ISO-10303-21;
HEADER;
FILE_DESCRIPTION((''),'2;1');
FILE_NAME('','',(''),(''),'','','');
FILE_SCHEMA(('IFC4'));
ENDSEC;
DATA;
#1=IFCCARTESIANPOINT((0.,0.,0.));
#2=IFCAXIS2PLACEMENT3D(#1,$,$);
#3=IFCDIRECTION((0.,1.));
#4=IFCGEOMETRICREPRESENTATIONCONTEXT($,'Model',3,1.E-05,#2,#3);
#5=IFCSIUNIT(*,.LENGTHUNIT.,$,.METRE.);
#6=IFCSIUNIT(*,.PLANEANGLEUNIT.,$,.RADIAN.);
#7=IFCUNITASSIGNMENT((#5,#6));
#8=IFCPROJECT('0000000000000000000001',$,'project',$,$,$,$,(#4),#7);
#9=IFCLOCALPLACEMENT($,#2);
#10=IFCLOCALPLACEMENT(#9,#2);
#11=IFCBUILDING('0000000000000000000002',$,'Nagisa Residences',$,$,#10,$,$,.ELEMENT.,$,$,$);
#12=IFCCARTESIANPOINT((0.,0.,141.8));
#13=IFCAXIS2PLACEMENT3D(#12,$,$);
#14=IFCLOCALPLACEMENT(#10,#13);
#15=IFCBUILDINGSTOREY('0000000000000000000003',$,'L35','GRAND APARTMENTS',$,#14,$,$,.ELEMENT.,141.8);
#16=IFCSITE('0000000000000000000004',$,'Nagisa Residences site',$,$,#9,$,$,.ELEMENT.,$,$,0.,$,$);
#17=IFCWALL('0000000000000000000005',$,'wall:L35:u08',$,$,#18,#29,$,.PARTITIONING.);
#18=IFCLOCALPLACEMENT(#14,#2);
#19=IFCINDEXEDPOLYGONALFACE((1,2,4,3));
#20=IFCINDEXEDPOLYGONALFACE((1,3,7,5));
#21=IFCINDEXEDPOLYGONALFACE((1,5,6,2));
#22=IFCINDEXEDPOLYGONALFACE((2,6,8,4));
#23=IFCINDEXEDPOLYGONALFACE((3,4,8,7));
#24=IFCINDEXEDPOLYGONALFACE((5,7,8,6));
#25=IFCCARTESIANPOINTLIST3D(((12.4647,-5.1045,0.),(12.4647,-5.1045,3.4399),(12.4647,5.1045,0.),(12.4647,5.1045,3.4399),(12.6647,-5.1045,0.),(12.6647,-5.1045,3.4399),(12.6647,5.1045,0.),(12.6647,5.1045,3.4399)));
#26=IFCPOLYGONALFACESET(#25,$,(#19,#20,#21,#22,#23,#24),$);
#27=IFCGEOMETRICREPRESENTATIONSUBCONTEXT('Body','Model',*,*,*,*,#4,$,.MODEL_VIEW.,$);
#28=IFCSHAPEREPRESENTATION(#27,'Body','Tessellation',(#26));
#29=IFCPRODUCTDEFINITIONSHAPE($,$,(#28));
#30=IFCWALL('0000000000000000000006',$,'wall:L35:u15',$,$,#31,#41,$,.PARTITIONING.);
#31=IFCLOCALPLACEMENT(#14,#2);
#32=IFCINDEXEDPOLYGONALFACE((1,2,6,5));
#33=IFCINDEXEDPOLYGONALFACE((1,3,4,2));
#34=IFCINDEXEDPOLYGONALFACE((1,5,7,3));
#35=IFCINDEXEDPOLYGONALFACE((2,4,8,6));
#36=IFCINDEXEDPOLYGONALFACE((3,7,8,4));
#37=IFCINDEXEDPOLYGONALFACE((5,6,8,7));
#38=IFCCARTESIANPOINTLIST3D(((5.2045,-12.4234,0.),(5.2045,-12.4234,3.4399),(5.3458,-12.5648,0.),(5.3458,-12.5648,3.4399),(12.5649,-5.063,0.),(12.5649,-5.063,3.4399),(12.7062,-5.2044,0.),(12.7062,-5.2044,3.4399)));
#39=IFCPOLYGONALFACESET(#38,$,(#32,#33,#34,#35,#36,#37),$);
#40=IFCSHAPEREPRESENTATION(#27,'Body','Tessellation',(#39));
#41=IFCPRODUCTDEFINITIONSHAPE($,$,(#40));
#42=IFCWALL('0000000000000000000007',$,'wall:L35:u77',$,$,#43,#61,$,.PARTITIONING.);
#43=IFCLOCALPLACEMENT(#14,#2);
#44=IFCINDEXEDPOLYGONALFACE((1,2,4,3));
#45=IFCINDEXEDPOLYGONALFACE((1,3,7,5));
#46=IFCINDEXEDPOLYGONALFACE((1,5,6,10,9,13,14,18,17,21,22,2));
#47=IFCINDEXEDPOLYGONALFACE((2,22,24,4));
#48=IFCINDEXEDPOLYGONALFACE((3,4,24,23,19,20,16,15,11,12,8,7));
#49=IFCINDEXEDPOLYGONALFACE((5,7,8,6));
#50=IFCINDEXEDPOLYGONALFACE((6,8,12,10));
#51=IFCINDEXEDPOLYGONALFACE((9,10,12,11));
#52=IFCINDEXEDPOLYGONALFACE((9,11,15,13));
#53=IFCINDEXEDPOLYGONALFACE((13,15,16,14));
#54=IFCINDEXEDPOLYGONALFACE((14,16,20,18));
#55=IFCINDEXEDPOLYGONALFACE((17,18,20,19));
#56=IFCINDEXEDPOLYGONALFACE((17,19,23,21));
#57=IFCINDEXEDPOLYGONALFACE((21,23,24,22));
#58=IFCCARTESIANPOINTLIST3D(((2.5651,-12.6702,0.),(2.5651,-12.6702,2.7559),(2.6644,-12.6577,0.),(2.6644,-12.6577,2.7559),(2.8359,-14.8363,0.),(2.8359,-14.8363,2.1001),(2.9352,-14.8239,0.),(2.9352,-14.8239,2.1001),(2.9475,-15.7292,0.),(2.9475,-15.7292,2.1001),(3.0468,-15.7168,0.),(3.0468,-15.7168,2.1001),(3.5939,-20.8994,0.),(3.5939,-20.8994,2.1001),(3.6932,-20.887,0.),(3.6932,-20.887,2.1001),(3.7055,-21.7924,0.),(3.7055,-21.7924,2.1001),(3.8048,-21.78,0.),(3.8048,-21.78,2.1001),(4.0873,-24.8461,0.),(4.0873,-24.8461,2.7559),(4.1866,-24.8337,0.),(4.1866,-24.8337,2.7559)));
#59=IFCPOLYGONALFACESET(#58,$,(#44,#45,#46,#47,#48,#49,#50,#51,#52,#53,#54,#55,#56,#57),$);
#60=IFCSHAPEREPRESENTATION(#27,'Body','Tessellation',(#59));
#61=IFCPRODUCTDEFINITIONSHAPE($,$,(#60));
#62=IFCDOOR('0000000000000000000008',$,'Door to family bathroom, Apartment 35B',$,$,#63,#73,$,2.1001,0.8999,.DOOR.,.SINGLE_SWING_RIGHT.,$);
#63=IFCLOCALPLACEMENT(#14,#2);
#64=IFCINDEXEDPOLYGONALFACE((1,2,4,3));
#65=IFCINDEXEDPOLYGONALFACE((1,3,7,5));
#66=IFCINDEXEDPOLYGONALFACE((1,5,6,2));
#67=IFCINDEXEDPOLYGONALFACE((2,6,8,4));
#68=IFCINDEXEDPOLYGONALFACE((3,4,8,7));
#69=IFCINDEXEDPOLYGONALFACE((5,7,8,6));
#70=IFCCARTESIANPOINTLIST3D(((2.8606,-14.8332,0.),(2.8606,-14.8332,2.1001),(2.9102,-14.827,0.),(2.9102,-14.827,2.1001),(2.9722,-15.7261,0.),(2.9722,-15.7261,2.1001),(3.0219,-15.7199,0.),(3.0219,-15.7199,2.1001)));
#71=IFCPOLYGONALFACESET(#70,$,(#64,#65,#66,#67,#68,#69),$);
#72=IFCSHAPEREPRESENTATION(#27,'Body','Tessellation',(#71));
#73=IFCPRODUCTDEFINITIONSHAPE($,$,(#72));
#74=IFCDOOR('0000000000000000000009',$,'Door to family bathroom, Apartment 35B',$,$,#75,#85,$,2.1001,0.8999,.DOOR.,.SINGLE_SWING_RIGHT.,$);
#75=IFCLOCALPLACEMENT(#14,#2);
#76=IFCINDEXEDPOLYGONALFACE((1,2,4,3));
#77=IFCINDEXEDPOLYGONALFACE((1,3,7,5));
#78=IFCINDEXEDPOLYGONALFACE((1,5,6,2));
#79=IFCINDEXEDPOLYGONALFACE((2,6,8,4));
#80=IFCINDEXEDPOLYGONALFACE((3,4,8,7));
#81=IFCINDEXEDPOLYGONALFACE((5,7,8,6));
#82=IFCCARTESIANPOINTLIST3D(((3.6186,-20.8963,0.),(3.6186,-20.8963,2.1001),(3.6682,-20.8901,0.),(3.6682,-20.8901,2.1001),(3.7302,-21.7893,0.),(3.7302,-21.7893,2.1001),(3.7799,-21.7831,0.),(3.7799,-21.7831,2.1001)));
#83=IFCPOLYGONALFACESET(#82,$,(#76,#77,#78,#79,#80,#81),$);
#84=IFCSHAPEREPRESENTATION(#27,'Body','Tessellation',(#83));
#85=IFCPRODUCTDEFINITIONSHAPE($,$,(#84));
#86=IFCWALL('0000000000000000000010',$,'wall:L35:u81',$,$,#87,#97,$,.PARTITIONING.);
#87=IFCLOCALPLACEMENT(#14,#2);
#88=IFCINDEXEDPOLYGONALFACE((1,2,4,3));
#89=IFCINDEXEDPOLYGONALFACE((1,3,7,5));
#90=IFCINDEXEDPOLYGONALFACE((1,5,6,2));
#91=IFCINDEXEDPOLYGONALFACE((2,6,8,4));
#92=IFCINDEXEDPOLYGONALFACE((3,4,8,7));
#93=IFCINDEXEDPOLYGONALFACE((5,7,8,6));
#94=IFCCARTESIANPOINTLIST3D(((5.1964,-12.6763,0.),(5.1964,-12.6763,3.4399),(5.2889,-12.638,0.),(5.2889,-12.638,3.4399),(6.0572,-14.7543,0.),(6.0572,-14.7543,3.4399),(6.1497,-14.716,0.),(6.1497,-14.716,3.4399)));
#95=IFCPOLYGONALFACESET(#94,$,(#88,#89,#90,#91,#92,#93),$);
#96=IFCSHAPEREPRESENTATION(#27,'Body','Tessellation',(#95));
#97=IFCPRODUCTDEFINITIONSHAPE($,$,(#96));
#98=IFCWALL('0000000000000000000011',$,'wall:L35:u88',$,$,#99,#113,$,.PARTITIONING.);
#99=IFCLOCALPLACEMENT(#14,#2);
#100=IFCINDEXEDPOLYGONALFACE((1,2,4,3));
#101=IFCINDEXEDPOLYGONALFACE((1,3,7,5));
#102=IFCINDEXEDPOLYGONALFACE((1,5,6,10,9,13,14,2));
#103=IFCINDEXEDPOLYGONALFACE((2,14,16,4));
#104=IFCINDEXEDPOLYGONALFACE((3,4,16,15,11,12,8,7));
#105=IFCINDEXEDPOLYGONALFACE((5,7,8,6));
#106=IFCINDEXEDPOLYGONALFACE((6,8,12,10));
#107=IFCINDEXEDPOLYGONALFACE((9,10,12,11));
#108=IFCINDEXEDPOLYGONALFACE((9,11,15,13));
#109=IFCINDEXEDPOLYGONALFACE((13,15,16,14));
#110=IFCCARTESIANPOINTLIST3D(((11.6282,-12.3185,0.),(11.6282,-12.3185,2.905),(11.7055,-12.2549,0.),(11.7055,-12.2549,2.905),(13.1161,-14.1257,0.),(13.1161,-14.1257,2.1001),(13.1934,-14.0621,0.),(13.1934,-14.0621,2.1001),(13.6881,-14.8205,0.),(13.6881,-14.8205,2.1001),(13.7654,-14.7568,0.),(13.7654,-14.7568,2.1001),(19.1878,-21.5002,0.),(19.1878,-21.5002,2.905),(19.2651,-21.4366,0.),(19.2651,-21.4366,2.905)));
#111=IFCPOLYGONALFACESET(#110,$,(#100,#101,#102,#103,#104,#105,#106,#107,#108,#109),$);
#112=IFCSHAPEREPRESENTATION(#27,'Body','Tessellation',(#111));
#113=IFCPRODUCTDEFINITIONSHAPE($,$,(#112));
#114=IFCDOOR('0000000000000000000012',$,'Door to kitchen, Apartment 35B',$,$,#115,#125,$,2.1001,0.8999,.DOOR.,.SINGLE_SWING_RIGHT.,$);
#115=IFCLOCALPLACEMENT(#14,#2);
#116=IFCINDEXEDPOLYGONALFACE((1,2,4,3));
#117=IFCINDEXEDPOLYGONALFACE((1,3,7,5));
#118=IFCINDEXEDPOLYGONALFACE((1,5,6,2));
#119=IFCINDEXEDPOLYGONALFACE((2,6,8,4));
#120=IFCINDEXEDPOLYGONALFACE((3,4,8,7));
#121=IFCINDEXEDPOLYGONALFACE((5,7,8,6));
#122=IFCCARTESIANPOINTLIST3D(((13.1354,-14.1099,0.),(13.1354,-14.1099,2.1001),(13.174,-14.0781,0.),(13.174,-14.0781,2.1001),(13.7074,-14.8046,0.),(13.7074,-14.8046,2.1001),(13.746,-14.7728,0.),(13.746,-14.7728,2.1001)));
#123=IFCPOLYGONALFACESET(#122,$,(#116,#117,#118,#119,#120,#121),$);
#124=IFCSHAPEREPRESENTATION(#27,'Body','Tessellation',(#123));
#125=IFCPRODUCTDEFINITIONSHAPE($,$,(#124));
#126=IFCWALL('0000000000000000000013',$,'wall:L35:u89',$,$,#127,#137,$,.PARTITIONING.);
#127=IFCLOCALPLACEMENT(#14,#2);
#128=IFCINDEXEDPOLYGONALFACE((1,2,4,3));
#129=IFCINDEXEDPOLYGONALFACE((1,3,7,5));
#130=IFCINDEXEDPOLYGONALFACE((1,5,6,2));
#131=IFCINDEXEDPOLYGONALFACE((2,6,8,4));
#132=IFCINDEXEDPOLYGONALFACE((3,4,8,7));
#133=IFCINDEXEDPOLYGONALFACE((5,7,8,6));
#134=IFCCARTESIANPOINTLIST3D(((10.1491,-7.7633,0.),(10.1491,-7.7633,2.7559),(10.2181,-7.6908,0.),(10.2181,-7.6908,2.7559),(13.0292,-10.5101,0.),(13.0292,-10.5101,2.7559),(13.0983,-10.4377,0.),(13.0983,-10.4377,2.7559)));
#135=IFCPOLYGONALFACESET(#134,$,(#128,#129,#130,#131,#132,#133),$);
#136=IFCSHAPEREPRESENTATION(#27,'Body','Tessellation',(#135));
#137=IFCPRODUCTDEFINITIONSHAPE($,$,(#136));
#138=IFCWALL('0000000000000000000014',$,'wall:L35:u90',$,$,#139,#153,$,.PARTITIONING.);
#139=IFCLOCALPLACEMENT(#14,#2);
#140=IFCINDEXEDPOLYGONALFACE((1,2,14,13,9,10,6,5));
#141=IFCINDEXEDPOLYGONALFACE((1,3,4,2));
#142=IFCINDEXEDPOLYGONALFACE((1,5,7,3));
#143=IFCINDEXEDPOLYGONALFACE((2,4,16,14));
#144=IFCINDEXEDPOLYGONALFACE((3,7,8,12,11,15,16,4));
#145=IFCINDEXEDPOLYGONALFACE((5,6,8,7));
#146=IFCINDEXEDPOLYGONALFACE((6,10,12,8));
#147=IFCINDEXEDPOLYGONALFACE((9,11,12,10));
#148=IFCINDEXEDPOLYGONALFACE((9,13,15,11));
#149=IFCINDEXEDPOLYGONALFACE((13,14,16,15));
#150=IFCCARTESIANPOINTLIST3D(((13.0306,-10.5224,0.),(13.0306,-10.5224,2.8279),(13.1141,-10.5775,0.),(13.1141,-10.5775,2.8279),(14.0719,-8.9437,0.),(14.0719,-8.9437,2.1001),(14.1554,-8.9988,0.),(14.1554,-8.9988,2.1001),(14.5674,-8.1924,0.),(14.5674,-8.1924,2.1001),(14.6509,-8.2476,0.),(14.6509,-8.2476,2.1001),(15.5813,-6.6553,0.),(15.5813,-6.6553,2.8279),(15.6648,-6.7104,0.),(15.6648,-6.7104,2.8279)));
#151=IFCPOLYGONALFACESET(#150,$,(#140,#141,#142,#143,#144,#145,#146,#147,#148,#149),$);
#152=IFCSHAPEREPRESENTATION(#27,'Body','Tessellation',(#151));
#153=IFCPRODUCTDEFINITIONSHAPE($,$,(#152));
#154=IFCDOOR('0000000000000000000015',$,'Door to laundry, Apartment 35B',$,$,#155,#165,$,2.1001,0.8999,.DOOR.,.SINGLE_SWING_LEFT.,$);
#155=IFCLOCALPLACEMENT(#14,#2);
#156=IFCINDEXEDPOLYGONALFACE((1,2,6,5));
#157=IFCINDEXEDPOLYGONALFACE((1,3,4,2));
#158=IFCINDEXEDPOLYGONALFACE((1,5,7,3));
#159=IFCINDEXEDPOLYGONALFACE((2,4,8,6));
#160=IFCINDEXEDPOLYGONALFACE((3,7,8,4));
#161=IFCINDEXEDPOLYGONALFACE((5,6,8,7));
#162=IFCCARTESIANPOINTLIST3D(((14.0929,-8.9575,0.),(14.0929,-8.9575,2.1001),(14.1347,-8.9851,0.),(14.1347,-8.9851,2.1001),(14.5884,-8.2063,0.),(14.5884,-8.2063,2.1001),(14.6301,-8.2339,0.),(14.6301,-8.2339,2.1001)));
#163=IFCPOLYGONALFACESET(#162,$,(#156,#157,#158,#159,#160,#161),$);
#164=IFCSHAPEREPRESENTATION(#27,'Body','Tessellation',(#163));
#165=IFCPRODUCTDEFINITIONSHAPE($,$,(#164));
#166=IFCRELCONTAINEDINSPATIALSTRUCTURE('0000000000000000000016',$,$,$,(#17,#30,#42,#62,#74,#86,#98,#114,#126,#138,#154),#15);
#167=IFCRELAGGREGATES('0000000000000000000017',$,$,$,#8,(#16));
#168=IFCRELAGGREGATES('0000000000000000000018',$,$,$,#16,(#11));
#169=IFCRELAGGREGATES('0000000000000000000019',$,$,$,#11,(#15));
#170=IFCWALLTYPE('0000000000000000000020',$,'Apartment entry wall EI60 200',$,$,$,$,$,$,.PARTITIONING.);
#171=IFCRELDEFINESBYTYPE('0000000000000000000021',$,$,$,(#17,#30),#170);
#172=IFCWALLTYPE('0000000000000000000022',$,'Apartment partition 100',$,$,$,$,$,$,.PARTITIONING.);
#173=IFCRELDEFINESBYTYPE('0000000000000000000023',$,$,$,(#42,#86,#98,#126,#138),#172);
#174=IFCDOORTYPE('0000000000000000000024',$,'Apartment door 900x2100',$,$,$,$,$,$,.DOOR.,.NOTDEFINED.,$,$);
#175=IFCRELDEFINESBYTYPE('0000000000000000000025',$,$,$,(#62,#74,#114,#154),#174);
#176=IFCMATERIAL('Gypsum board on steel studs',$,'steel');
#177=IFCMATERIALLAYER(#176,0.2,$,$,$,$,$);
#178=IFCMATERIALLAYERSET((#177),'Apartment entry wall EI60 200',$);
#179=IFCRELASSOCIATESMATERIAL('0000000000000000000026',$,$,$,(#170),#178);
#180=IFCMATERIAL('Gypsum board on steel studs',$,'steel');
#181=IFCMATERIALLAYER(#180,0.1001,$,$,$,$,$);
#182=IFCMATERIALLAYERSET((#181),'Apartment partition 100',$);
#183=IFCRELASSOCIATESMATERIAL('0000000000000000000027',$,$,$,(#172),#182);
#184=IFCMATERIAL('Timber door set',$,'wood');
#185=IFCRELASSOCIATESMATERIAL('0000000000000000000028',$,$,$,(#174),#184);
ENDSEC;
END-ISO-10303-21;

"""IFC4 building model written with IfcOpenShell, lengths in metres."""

from ifc_helpers import new_model, si_unit, direction, frame, frame_2d, origin, place, context, subcontext, project, spatial, rectangle, extrude, material, layer, layer_set, type_object, element, fill, save


model = new_model("IFC4")

# Units and contexts
model_context = context("Model", 3, precision=1e-05, world=origin(), true_north=direction((0.0, 1.0)))
body_context = subcontext(model_context, "Body", "Model", "MODEL_VIEW")
ifc_project = project(units=[si_unit("LENGTHUNIT", "METRE"), si_unit("PLANEANGLEUNIT", "RADIAN")], contexts=[model_context])

# Site, building, storey
site_placement = place(None, origin())
site = spatial("IfcSite", under=ifc_project, at=site_placement, Name="Nagisa Residences site", CompositionType="ELEMENT", RefElevation=0.0)
building_placement = place(site_placement, origin())
building = spatial("IfcBuilding", under=site, at=building_placement, Name="Nagisa Residences", CompositionType="ELEMENT")
storey_placement = place(building_placement, frame((0.0, 0.0, 141.8)))
storey = spatial("IfcBuildingStorey", under=building, at=storey_placement, Name="L35", Description="GRAND APARTMENTS", CompositionType="ELEMENT", Elevation=141.8)

# Walls
ifc_material_1 = material(Name="Gypsum board on steel studs", Category="steel")
ifc_layer_1 = layer(ifc_material_1, 0.2)
ifc_layer_set_1 = layer_set([ifc_layer_1], Name="Apartment entry wall EI60 200")
wall_type_1 = type_object("IfcWallType", Name="Apartment entry wall EI60 200", PredefinedType="PARTITIONING", material=ifc_layer_set_1)
wall_1_placement = place(storey_placement, frame((12.5647, -5.1045, 0.0), z_axis=(0.0, 0.0, 1.0), x_axis=(0.0, 1.0, 0.0)))
element("IfcWall", 1, at=wall_1_placement, inside=storey, type_object=wall_type_1, Name="wall:L35:u08", PredefinedType="PARTITIONING", context=body_context, shape_type="SweptSolid", body=[
    extrude(rectangle(XDim=10.209, YDim=0.2, at=frame_2d((5.1045, 0.0))), origin(), (0.0, 0.0, 1.0), 3.4399),
])
wall_2_placement = place(storey_placement, frame((5.2751, -12.4941, 0.0), z_axis=(0.0, 0.0, 1.0), x_axis=(0.707107, 0.707107, 0.0)))
element("IfcWall", 2, at=wall_2_placement, inside=storey, type_object=wall_type_1, Name="wall:L35:u15", PredefinedType="PARTITIONING", context=body_context, shape_type="SweptSolid", body=[
    extrude(rectangle(XDim=10.4092, YDim=0.2, at=frame_2d((5.2046, 0.0))), origin(), (0.0, 0.0, 1.0), 3.4399),
])

# Wall, openings, doors
ifc_material_2 = material(Name="Gypsum board on steel studs", Category="steel")
ifc_layer_2 = layer(ifc_material_2, 0.1001)
ifc_layer_set_2 = layer_set([ifc_layer_2], Name="Apartment partition 100")
wall_type_2 = type_object("IfcWallType", Name="Apartment partition 100", PredefinedType="PARTITIONING", material=ifc_layer_set_2)
wall_3_placement = place(storey_placement, frame((2.6147, -12.6641, 0.0), z_axis=(0.0, 0.0, 1.0), x_axis=(0.124052, -0.992276, 0.0)))
wall_3 = element("IfcWall", 3, at=wall_3_placement, inside=storey, type_object=wall_type_2, Name="wall:L35:u77", PredefinedType="PARTITIONING", context=body_context, shape_type="SweptSolid", body=[
    extrude(rectangle(XDim=12.2708, YDim=0.1001, at=frame_2d((6.1353, 0.0))), origin(), (0.0, 0.0, 1.0), 2.7559),
])
opening_1_placement = place(wall_3_placement, frame((2.1829, 0.0, 0.0)))
opening_1 = element("IfcOpeningElement", 4, at=opening_1_placement, cuts=wall_3, PredefinedType="OPENING", context=body_context, shape_type="SweptSolid", body=[
    extrude(rectangle(XDim=0.8999, YDim=2.1001, at=frame_2d((0.45, 1.05))), frame((0.0, 0.0601, 0.0), z_axis=(0.0, -1.0, 0.0), x_axis=(1.0, 0.0, 0.0)), (0.0, 0.0, 1.0), 0.1201),
])
opening_2_placement = place(wall_3_placement, frame((8.2932, 0.0, 0.0)))
opening_2 = element("IfcOpeningElement", 5, at=opening_2_placement, cuts=wall_3, PredefinedType="OPENING", context=body_context, shape_type="SweptSolid", body=[
    extrude(rectangle(XDim=0.8999, YDim=2.1001, at=frame_2d((0.45, 1.05))), frame((0.0, 0.0601, 0.0), z_axis=(0.0, -1.0, 0.0), x_axis=(1.0, 0.0, 0.0)), (0.0, 0.0, 1.0), 0.1201),
])
ifc_material_3 = material(Name="Timber door set", Category="wood")
door_type_1 = type_object("IfcDoorType", Name="Apartment door 900x2100", OperationType="NOTDEFINED", PredefinedType="DOOR", material=ifc_material_3)
door_1_placement = place(opening_1_placement, origin())
door_1 = element("IfcDoor", 6, at=door_1_placement, inside=storey, type_object=door_type_1, Name="Door to family bathroom, Apartment 35B", OperationType="SINGLE_SWING_RIGHT", OverallHeight=2.1001, OverallWidth=0.8999, PredefinedType="DOOR", context=body_context, shape_type="SweptSolid", body=[
    extrude(rectangle(XDim=0.8999, YDim=2.1001, at=frame_2d((0.45, 1.05))), frame((0.0, 0.0249, 0.0), z_axis=(0.0, -1.0, 0.0), x_axis=(1.0, 0.0, 0.0)), (0.0, 0.0, 1.0), 0.05),
])
fill(opening_1, door_1)
door_2_placement = place(opening_2_placement, origin())
door_2 = element("IfcDoor", 7, at=door_2_placement, inside=storey, type_object=door_type_1, Name="Door to family bathroom, Apartment 35B", OperationType="SINGLE_SWING_RIGHT", OverallHeight=2.1001, OverallWidth=0.8999, PredefinedType="DOOR", context=body_context, shape_type="SweptSolid", body=[
    extrude(rectangle(XDim=0.8999, YDim=2.1001, at=frame_2d((0.45, 1.05))), frame((0.0, 0.0249, 0.0), z_axis=(0.0, -1.0, 0.0), x_axis=(1.0, 0.0, 0.0)), (0.0, 0.0, 1.0), 0.05),
])
fill(opening_2, door_2)

# Wall
wall_4_placement = place(storey_placement, frame((5.2427, -12.6572, 0.0), z_axis=(0.0, 0.0, 1.0), x_axis=(0.382703, -0.923871, 0.0)))
element("IfcWall", 8, at=wall_4_placement, inside=storey, type_object=wall_type_2, Name="wall:L35:u81", PredefinedType="PARTITIONING", context=body_context, shape_type="SweptSolid", body=[
    extrude(rectangle(XDim=2.2493, YDim=0.1001, at=frame_2d((1.1245, 0.0))), origin(), (0.0, 0.0, 1.0), 3.4399),
])

# Wall, opening, door
wall_5_placement = place(storey_placement, frame((11.6667, -12.2866, 0.0), z_axis=(0.0, 0.0, 1.0), x_axis=(0.635618, -0.772004, 0.0)))
wall_5 = element("IfcWall", 9, at=wall_5_placement, inside=storey, type_object=wall_type_2, Name="wall:L35:u88", PredefinedType="PARTITIONING", context=body_context, shape_type="SweptSolid", body=[
    extrude(rectangle(XDim=11.8933, YDim=0.1001, at=frame_2d((5.9468, 0.0))), origin(), (0.0, 0.0, 1.0), 2.905),
])
opening_3_placement = place(wall_5_placement, frame((2.3411, 0.0, 0.0)))
opening_3 = element("IfcOpeningElement", 10, at=opening_3_placement, cuts=wall_5, PredefinedType="OPENING", context=body_context, shape_type="SweptSolid", body=[
    extrude(rectangle(XDim=0.8999, YDim=2.1001, at=frame_2d((0.45, 1.05))), frame((0.0, 0.0601, 0.0), z_axis=(0.0, -1.0, 0.0), x_axis=(1.0, 0.0, 0.0)), (0.0, 0.0, 1.0), 0.1201),
])
door_3_placement = place(opening_3_placement, origin())
door_3 = element("IfcDoor", 11, at=door_3_placement, inside=storey, type_object=door_type_1, Name="Door to kitchen, Apartment 35B", OperationType="SINGLE_SWING_RIGHT", OverallHeight=2.1001, OverallWidth=0.8999, PredefinedType="DOOR", context=body_context, shape_type="SweptSolid", body=[
    extrude(rectangle(XDim=0.8999, YDim=2.1001, at=frame_2d((0.45, 1.05))), frame((0.0, 0.0249, 0.0), z_axis=(0.0, -1.0, 0.0), x_axis=(1.0, 0.0, 0.0)), (0.0, 0.0, 1.0), 0.05),
])
fill(opening_3, door_3)

# Wall
wall_6_placement = place(storey_placement, frame((10.1836, -7.7271, 0.0), z_axis=(0.0, 0.0, 1.0), x_axis=(0.723655, -0.690162, 0.0)))
element("IfcWall", 12, at=wall_6_placement, inside=storey, type_object=wall_type_2, Name="wall:L35:u89", PredefinedType="PARTITIONING", context=body_context, shape_type="SweptSolid", body=[
    extrude(rectangle(XDim=3.98, YDim=0.1001, at=frame_2d((1.99, 0.0))), origin(), (0.0, 0.0, 1.0), 2.7559),
])

# Wall, opening, door
wall_7_placement = place(storey_placement, frame((13.0723, -10.55, 0.0), z_axis=(0.0, 0.0, 1.0), x_axis=(0.550607, 0.834764, 0.0)))
wall_7 = element("IfcWall", 13, at=wall_7_placement, inside=storey, type_object=wall_type_2, Name="wall:L35:u90", PredefinedType="PARTITIONING", context=body_context, shape_type="SweptSolid", body=[
    extrude(rectangle(XDim=4.6326, YDim=0.1001, at=frame_2d((2.3164, 0.0))), origin(), (0.0, 0.0, 1.0), 2.8279),
])
opening_4_placement = place(wall_7_placement, frame((1.8914, 0.0, 0.0)))
opening_4 = element("IfcOpeningElement", 14, at=opening_4_placement, cuts=wall_7, PredefinedType="OPENING", context=body_context, shape_type="SweptSolid", body=[
    extrude(rectangle(XDim=0.8999, YDim=2.1001, at=frame_2d((0.45, 1.05))), frame((0.0, 0.0601, 0.0), z_axis=(0.0, -1.0, 0.0), x_axis=(1.0, 0.0, 0.0)), (0.0, 0.0, 1.0), 0.1201),
])
door_4_placement = place(opening_4_placement, origin())
door_4 = element("IfcDoor", 15, at=door_4_placement, inside=storey, type_object=door_type_1, Name="Door to laundry, Apartment 35B", OperationType="SINGLE_SWING_LEFT", OverallHeight=2.1001, OverallWidth=0.8999, PredefinedType="DOOR", context=body_context, shape_type="SweptSolid", body=[
    extrude(rectangle(XDim=0.8999, YDim=2.1001, at=frame_2d((0.45, 1.05))), frame((0.0, 0.0249, 0.0), z_axis=(0.0, -1.0, 0.0), x_axis=(1.0, 0.0, 0.0)), (0.0, 0.0, 1.0), 0.05),
])
fill(opening_4, door_4)

save(model, "model.ifc")
